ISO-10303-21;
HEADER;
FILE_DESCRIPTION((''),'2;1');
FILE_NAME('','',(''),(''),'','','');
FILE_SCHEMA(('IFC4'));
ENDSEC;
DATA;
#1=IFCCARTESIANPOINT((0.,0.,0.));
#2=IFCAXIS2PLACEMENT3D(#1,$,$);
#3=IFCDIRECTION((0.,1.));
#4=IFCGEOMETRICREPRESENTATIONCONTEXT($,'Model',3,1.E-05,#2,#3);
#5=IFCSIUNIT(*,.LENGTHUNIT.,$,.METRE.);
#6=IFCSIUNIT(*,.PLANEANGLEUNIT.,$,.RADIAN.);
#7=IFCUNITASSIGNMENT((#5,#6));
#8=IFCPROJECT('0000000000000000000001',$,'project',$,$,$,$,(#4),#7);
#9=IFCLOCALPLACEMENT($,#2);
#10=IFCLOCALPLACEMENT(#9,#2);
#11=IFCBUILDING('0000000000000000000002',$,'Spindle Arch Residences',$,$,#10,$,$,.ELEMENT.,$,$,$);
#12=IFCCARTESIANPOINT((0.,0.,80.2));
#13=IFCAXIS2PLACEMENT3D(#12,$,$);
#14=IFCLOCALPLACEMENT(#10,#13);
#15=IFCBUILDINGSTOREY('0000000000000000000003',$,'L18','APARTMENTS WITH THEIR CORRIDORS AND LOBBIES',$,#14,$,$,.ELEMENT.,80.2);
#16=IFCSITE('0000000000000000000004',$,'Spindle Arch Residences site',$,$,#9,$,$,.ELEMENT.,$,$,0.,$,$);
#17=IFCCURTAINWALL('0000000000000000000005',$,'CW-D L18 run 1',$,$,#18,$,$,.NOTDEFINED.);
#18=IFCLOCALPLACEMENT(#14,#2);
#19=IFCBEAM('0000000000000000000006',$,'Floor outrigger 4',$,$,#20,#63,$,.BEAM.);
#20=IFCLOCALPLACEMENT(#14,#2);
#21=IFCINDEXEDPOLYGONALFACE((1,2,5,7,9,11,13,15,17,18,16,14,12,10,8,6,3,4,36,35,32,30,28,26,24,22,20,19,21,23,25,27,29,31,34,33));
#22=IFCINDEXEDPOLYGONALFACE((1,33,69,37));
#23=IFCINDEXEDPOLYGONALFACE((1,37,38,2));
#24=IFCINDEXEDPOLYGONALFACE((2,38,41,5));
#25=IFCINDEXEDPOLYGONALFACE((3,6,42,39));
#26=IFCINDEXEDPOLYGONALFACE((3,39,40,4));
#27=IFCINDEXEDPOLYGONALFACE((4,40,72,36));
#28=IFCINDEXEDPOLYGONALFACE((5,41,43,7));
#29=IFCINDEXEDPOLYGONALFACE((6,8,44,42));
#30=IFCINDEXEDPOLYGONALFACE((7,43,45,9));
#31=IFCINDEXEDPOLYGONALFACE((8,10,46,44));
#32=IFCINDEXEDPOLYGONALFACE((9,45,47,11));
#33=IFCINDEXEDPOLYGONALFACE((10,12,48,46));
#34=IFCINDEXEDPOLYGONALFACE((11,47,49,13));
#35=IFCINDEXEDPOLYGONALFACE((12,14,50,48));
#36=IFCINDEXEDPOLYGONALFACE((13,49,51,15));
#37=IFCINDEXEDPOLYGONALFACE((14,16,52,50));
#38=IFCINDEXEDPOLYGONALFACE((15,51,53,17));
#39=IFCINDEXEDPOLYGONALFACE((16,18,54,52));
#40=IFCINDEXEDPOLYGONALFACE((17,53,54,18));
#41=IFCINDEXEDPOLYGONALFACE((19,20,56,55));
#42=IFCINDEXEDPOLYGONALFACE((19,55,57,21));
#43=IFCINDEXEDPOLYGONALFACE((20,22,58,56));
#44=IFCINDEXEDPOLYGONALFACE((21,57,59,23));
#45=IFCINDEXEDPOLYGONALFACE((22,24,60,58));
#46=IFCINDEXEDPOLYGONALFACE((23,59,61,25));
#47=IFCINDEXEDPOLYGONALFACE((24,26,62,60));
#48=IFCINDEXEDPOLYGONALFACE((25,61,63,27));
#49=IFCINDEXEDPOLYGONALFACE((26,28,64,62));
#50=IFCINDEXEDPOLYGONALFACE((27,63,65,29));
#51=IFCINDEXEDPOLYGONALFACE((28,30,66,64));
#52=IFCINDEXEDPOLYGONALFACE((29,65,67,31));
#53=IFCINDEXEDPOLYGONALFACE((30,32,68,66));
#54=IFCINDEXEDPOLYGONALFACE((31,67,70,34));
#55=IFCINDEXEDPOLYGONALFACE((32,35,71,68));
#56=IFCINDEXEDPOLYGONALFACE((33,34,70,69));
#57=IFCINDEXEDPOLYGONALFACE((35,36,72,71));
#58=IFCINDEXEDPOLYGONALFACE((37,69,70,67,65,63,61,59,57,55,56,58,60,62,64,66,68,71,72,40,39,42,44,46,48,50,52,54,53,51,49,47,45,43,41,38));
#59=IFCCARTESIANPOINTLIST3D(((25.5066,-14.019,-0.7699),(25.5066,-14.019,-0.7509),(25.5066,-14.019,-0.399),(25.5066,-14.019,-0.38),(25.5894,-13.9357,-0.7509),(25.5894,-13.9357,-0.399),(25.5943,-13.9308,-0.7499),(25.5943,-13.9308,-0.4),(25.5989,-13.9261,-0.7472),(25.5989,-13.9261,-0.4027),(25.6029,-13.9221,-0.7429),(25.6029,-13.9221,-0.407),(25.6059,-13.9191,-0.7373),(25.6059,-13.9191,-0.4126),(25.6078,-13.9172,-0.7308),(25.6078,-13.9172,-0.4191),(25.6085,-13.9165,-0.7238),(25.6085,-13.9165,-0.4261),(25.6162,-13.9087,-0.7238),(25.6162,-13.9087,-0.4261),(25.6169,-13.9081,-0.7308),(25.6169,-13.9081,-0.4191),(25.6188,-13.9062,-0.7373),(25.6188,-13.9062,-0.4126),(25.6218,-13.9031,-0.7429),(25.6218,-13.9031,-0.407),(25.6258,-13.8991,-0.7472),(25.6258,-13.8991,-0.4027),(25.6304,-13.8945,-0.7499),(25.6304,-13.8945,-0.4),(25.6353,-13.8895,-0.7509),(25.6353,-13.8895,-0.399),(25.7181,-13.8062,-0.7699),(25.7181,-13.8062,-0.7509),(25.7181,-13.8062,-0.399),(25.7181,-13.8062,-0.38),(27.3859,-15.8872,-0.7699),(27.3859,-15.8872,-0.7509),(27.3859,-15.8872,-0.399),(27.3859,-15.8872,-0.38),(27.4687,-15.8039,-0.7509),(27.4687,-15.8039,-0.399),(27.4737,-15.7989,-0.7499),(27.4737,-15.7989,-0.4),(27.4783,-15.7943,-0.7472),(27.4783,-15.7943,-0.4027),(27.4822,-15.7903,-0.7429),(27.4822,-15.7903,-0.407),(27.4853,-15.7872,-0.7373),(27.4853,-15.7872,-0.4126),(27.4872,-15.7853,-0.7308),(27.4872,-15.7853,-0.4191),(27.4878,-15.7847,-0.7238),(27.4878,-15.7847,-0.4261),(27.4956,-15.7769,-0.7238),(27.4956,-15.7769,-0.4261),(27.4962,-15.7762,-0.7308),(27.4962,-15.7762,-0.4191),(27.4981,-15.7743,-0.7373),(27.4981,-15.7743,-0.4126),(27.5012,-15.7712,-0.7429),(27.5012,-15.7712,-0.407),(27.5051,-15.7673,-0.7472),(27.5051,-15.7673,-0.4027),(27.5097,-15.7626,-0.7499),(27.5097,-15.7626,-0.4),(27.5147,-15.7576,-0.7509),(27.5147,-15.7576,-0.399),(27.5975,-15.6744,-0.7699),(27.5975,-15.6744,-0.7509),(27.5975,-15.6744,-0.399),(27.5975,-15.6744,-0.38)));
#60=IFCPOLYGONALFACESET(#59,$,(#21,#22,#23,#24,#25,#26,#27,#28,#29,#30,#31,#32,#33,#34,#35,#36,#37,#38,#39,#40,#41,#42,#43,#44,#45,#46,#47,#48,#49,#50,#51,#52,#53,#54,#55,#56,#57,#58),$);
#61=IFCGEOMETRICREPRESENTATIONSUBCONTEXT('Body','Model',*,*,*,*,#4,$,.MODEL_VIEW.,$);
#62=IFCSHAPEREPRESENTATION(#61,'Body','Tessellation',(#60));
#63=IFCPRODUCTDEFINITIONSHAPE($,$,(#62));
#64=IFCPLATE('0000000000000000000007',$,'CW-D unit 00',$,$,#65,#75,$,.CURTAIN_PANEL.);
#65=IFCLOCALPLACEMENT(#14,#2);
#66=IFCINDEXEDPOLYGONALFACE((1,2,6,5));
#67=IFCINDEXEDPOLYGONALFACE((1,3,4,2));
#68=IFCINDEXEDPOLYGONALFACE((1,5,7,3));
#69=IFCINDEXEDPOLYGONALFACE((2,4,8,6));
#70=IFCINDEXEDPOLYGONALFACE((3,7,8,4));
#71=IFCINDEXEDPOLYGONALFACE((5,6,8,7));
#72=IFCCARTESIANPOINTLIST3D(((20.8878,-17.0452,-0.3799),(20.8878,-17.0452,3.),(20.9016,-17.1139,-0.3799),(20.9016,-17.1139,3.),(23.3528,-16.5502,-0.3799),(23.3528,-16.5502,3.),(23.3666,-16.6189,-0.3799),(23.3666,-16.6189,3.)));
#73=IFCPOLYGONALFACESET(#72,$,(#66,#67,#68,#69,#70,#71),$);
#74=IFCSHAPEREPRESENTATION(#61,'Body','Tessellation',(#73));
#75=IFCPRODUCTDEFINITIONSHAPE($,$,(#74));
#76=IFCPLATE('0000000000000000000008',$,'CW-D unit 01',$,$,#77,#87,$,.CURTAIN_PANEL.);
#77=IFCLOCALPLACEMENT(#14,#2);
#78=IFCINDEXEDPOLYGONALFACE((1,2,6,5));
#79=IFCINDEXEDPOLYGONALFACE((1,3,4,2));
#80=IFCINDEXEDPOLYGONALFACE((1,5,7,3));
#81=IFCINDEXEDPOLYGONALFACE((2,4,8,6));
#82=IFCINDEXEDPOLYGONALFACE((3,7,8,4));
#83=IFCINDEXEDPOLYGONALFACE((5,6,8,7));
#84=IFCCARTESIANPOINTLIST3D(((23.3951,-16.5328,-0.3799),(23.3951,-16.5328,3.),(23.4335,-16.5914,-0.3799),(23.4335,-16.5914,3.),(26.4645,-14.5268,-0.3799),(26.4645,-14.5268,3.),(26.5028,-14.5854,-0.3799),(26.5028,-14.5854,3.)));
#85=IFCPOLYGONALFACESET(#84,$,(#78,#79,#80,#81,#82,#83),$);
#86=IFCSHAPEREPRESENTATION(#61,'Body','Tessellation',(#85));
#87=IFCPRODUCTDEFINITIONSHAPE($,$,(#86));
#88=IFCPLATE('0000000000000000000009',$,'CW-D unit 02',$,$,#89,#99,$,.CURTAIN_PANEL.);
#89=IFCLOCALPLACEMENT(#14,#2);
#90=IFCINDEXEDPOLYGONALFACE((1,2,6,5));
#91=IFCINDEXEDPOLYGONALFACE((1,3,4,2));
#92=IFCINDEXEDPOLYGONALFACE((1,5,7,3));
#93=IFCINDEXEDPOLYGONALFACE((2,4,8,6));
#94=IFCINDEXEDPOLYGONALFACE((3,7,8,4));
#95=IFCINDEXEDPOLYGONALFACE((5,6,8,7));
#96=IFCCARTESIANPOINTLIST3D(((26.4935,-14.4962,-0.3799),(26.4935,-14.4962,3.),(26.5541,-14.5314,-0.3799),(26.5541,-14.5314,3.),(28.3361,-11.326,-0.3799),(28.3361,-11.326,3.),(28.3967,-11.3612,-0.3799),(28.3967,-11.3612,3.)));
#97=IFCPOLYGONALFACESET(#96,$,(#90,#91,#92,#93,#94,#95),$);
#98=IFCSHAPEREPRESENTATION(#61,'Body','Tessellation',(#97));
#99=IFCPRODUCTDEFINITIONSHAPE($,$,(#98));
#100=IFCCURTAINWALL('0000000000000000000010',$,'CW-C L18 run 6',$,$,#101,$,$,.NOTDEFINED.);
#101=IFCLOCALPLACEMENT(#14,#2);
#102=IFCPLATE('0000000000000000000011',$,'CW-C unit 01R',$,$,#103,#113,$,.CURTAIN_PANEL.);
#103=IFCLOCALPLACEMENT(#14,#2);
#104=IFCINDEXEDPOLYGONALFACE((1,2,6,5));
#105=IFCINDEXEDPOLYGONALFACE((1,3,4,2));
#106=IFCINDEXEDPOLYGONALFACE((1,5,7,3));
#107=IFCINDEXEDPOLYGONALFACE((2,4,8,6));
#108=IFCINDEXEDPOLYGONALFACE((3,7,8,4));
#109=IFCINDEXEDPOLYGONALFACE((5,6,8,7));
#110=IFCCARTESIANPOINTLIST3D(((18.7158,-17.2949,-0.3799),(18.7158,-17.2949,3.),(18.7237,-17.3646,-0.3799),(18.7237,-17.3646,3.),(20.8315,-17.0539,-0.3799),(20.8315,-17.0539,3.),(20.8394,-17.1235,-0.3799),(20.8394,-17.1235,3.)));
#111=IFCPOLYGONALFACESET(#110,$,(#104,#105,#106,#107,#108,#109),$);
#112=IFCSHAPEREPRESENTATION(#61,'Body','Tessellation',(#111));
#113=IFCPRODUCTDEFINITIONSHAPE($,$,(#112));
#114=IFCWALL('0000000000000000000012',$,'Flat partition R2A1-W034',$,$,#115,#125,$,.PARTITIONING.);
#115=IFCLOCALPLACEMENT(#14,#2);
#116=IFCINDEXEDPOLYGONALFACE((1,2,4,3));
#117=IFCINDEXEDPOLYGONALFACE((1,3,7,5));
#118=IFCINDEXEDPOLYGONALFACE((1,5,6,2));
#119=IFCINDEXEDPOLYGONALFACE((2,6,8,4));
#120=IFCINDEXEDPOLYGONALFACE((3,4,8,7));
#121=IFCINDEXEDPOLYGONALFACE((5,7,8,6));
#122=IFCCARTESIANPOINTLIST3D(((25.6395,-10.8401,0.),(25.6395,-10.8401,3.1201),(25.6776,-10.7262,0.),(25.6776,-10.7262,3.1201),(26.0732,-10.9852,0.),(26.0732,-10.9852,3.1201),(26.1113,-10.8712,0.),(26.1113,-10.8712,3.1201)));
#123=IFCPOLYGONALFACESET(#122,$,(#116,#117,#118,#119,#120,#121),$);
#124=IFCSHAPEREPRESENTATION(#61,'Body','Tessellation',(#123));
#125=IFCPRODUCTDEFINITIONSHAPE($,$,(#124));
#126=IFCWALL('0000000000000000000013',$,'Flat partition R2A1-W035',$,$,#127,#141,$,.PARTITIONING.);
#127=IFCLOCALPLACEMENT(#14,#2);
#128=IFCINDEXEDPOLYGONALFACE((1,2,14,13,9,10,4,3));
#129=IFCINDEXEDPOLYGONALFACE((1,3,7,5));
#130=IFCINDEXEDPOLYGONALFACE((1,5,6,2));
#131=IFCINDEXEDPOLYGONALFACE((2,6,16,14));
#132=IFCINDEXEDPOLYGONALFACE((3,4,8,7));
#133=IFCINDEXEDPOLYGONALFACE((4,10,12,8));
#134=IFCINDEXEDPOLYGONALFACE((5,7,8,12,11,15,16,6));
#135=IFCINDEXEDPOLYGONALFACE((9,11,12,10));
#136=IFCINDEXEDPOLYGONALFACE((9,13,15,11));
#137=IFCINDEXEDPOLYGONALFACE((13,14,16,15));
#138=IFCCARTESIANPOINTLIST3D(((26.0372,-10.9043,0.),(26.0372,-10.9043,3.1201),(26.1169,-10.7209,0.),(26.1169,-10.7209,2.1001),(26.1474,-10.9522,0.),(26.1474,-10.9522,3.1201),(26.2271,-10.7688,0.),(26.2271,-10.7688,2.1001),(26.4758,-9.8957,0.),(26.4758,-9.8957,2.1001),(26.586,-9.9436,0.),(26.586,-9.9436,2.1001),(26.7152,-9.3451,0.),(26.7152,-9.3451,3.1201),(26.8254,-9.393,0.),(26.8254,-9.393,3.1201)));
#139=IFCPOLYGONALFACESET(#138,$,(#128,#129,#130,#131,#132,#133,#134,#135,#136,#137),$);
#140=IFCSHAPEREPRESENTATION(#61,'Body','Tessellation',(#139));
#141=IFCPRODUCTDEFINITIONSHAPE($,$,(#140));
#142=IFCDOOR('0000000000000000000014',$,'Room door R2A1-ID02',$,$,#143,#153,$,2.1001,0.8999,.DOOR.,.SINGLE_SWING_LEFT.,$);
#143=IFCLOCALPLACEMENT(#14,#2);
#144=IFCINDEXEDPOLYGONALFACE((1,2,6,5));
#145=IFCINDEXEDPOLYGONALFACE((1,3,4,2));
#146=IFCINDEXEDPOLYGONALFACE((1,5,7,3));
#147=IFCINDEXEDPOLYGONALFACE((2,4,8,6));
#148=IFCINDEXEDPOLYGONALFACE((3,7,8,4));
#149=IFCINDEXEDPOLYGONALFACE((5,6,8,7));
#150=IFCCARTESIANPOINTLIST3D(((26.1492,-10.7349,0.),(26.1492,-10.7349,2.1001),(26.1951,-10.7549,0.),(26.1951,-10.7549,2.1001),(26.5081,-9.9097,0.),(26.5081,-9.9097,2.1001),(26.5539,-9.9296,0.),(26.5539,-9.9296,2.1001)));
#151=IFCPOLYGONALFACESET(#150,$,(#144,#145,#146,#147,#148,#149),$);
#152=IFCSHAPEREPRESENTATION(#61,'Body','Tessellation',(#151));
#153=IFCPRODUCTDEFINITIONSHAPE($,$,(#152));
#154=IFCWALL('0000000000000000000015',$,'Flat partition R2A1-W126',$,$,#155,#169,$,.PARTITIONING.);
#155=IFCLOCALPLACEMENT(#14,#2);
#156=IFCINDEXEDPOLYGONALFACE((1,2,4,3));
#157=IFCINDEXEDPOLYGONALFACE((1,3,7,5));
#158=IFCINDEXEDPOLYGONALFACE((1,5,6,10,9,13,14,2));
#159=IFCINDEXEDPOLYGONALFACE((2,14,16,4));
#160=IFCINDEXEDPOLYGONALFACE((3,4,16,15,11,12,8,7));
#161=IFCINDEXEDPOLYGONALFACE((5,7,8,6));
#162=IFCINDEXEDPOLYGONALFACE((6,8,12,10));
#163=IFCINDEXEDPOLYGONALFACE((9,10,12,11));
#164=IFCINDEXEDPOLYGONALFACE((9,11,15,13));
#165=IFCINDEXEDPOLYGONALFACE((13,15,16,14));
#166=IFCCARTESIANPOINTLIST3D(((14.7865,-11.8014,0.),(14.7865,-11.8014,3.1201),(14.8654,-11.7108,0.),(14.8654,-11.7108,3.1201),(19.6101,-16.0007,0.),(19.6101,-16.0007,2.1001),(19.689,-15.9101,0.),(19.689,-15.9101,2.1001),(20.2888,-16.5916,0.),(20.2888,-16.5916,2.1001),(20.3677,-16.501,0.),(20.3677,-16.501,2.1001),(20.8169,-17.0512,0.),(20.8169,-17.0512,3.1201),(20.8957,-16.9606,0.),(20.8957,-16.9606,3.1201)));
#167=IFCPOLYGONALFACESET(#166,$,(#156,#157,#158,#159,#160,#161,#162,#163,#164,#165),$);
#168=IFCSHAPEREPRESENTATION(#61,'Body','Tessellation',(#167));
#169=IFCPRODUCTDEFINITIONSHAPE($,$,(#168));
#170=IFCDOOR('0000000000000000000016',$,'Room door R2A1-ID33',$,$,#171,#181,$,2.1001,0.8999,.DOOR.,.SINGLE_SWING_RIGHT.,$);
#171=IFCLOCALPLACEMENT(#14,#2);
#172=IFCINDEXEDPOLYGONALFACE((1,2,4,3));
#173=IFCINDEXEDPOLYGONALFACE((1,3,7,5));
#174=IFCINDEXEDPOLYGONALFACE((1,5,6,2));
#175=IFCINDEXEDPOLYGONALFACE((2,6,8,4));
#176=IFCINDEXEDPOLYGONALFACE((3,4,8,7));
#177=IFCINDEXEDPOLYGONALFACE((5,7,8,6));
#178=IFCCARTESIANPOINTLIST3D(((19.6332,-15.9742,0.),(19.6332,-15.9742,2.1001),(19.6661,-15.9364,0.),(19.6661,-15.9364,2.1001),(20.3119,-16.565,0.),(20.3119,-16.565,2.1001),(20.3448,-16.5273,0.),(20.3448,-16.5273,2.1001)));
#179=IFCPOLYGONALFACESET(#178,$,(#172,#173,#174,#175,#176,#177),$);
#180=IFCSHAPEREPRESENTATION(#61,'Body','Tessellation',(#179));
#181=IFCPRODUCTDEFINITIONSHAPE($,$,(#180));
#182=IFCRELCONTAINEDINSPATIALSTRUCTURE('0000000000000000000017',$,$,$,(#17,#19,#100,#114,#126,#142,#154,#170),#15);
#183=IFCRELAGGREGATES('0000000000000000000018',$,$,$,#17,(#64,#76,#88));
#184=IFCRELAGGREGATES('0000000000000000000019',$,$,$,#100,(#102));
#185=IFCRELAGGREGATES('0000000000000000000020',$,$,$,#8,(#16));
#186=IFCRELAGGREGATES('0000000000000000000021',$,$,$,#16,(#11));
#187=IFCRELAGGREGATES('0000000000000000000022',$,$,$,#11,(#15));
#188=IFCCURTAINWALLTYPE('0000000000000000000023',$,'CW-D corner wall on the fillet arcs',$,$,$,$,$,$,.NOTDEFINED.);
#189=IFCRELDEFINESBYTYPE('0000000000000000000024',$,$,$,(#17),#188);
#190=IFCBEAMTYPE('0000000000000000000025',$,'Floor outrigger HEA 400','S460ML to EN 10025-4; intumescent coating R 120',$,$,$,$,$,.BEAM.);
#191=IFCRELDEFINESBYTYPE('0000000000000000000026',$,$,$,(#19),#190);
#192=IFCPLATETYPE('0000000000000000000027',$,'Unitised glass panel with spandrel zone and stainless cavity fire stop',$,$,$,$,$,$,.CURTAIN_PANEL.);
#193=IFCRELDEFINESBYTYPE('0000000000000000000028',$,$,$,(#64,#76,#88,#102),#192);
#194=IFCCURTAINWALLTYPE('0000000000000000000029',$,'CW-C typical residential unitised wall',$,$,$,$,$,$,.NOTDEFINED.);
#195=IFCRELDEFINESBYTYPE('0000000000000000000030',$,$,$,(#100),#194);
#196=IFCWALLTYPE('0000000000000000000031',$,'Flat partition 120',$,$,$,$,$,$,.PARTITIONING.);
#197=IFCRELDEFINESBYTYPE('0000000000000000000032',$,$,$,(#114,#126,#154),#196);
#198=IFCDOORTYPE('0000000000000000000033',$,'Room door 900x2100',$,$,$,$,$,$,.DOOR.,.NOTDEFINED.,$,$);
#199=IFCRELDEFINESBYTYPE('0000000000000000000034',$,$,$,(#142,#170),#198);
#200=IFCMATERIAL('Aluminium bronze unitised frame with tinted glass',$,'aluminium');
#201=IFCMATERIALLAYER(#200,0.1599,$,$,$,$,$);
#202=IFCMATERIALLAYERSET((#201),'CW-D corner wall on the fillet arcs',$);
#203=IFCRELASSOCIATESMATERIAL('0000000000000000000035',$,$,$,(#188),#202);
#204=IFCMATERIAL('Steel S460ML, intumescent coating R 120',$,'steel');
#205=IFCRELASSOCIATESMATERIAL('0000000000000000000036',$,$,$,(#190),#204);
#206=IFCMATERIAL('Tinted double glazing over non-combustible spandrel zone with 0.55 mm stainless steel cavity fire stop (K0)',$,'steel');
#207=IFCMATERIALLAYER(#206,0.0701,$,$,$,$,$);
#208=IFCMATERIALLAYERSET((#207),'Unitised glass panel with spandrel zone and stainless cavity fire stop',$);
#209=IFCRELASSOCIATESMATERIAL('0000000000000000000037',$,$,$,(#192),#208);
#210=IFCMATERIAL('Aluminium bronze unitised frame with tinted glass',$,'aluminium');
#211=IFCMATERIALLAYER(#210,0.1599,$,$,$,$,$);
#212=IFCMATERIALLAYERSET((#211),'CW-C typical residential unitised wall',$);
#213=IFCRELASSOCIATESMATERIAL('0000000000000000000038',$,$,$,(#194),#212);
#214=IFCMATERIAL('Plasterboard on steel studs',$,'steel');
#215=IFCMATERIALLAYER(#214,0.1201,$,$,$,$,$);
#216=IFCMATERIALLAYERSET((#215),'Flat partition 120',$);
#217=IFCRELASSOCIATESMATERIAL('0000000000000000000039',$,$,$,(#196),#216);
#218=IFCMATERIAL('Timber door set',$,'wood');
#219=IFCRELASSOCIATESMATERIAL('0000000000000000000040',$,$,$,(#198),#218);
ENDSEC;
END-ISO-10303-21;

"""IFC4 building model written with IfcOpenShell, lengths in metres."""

from ifc_helpers import new_model, si_unit, direction, frame, frame_2d, origin, origin_2d, place, context, subcontext, project, spatial, rectangle, i_section, extrude, material, layer, layer_set, material_profile, profile_set, type_object, element, fill, aggregate, save


model = new_model("IFC4")

# Units and contexts
model_context = context("Model", 3, precision=1e-05, world=origin(), true_north=direction((0.0, 1.0)))
body_context = subcontext(model_context, "Body", "Model", "MODEL_VIEW")
ifc_project = project(units=[si_unit("LENGTHUNIT", "METRE"), si_unit("PLANEANGLEUNIT", "RADIAN")], contexts=[model_context])

# Site, building, storey
site_placement = place(None, origin())
site = spatial("IfcSite", under=ifc_project, at=site_placement, Name="Spindle Arch Residences site", CompositionType="ELEMENT", RefElevation=0.0)
building_placement = place(site_placement, origin())
building = spatial("IfcBuilding", under=site, at=building_placement, Name="Spindle Arch Residences", CompositionType="ELEMENT")
storey_placement = place(building_placement, frame((0.0, 0.0, 80.2)))
storey = spatial("IfcBuildingStorey", under=building, at=storey_placement, Name="L18", Description="APARTMENTS WITH THEIR CORRIDORS AND LOBBIES", CompositionType="ELEMENT", Elevation=80.2)

# Curtain wall
ifc_material_1 = material(Name="Aluminium bronze unitised frame with tinted glass", Category="aluminium")
ifc_layer_1 = layer(ifc_material_1, 0.1599)
ifc_layer_set_1 = layer_set([ifc_layer_1], Name="CW-D corner wall on the fillet arcs")
curtain_wall_type_1 = type_object("IfcCurtainWallType", Name="CW-D corner wall on the fillet arcs", PredefinedType="NOTDEFINED", material=ifc_layer_set_1)
curtain_wall_1_placement = place(storey_placement, origin())
curtain_wall_1 = element("IfcCurtainWall", 1, at=curtain_wall_1_placement, inside=storey, type_object=curtain_wall_type_1, Name="CW-D L18 run 1", PredefinedType="NOTDEFINED")

# Beam
ifc_material_2 = material(Name="Steel S460ML, intumescent coating R 120", Category="steel")
ifc_material_profile_1 = material_profile(ifc_material_2, i_section(OverallWidth=0.3, OverallDepth=0.3899, WebThickness=0.011, FlangeThickness=0.019, FilletRadius=0.0271, at=origin_2d()), Name="HEA 400")
ifc_profile_set_1 = profile_set([ifc_material_profile_1], Name="Steel S460ML, intumescent coating R 120")
beam_type_1 = type_object("IfcBeamType", Name="Floor outrigger HEA 400", Description="S460ML to EN 10025-4; intumescent coating R 120", PredefinedType="BEAM", material=ifc_profile_set_1)
beam_1_placement = place(storey_placement, frame((27.4917, -15.7808, -0.575), z_axis=(-0.709223, 0.704985, 0.0), x_axis=(-0.704985, -0.709223, 0.0)))
element("IfcBeam", 2, at=beam_1_placement, inside=storey, type_object=beam_type_1, Name="Floor outrigger 4", PredefinedType="BEAM", context=body_context, shape_type="SweptSolid", body=[
    extrude(i_section(OverallWidth=0.3, OverallDepth=0.3899, WebThickness=0.011, FlangeThickness=0.019, FilletRadius=0.0271, at=origin_2d()), origin(), (0.0, 0.0, 1.0), 2.6499),
])

# Plates
ifc_material_3 = material(Name="Tinted double glazing over non-combustible spandrel zone with 0.55 mm stainless steel cavity fire stop (K0)", Category="steel")
ifc_layer_2 = layer(ifc_material_3, 0.0701)
ifc_layer_set_2 = layer_set([ifc_layer_2], Name="Unitised glass panel with spandrel zone and stainless cavity fire stop")
plate_type = type_object("IfcPlateType", Name="Unitised glass panel with spandrel zone and stainless cavity fire stop", PredefinedType="CURTAIN_PANEL", material=ifc_layer_set_2)
plate_1_placement = place(storey_placement, frame((22.1272, -16.832, -0.3799), z_axis=(0.0, 0.0, 1.0), x_axis=(0.980431, 0.196863, 0.0)))
plate_1 = element("IfcPlate", 3, at=plate_1_placement, type_object=plate_type, Name="CW-D unit 00", PredefinedType="CURTAIN_PANEL", context=body_context, shape_type="SweptSolid", body=[
    extrude(rectangle(XDim=2.5142, YDim=0.0701, at=origin_2d()), origin(), (0.0, 0.0, 1.0), 3.3799),
])
plate_2_placement = place(storey_placement, frame((24.949, -15.5591, -0.3799), z_axis=(0.0, 0.0, 1.0), x_axis=(0.837083, 0.547076, 0.0)))
plate_2 = element("IfcPlate", 4, at=plate_2_placement, type_object=plate_type, Name="CW-D unit 01", PredefinedType="CURTAIN_PANEL", context=body_context, shape_type="SweptSolid", body=[
    extrude(rectangle(XDim=3.6667, YDim=0.0701, at=origin_2d()), origin(), (0.0, 0.0, 1.0), 3.3799),
])
plate_3_placement = place(storey_placement, frame((27.4451, -12.9287, -0.3799), z_axis=(0.0, 0.0, 1.0), x_axis=(0.502517, 0.864567, 0.0)))
plate_3 = element("IfcPlate", 5, at=plate_3_placement, type_object=plate_type, Name="CW-D unit 02", PredefinedType="CURTAIN_PANEL", context=body_context, shape_type="SweptSolid", body=[
    extrude(rectangle(XDim=3.6667, YDim=0.0701, at=origin_2d()), origin(), (0.0, 0.0, 1.0), 3.3799),
])
aggregate(curtain_wall_1, [plate_1, plate_2, plate_3])

# Curtain wall, plate
ifc_material_4 = material(Name="Aluminium bronze unitised frame with tinted glass", Category="aluminium")
ifc_layer_3 = layer(ifc_material_4, 0.1599)
ifc_layer_set_3 = layer_set([ifc_layer_3], Name="CW-C typical residential unitised wall")
curtain_wall_type_2 = type_object("IfcCurtainWallType", Name="CW-C typical residential unitised wall", PredefinedType="NOTDEFINED", material=ifc_layer_set_3)
curtain_wall_2_placement = place(storey_placement, origin())
curtain_wall_2 = element("IfcCurtainWall", 6, at=curtain_wall_2_placement, inside=storey, type_object=curtain_wall_type_2, Name="CW-C L18 run 6", PredefinedType="NOTDEFINED")
plate_4_placement = place(storey_placement, frame((19.7776, -17.2092, -0.3799), z_axis=(0.0, 0.0, 1.0), x_axis=(0.993572, 0.113203, 0.0)))
plate_4 = element("IfcPlate", 7, at=plate_4_placement, type_object=plate_type, Name="CW-C unit 01R", PredefinedType="CURTAIN_PANEL", context=body_context, shape_type="SweptSolid", body=[
    extrude(rectangle(XDim=2.1294, YDim=0.0701, at=origin_2d()), origin(), (0.0, 0.0, 1.0), 3.3799),
])
aggregate(curtain_wall_2, [plate_4])

# Wall
ifc_material_5 = material(Name="Plasterboard on steel studs", Category="steel")
ifc_layer_4 = layer(ifc_material_5, 0.1201)
ifc_layer_set_4 = layer_set([ifc_layer_4], Name="Flat partition 120")
wall_type_1 = type_object("IfcWallType", Name="Flat partition 120", PredefinedType="PARTITIONING", material=ifc_layer_set_4)
wall_1_placement = place(storey_placement, frame((25.6587, -10.7832, 0.0), z_axis=(0.0, 0.0, 1.0), x_axis=(0.948362, -0.317189, 0.0)))
element("IfcWall", 8, at=wall_1_placement, inside=storey, type_object=wall_type_1, Name="Flat partition R2A1-W034", PredefinedType="PARTITIONING", context=body_context, shape_type="SweptSolid", body=[
    extrude(rectangle(XDim=0.4573, YDim=0.1201, at=frame_2d((0.2285, 0.0))), origin(), (0.0, 0.0, 1.0), 3.1201),
])

# Walls, openings, doors
wall_2_placement = place(storey_placement, frame((26.0923, -10.9282, 0.0), z_axis=(0.0, 0.0, 1.0), x_axis=(0.398784, 0.917045, 0.0)))
wall_2 = element("IfcWall", 9, at=wall_2_placement, inside=storey, type_object=wall_type_1, Name="Flat partition R2A1-W035", PredefinedType="PARTITIONING", context=body_context, shape_type="SweptSolid", body=[
    extrude(rectangle(XDim=1.7002, YDim=0.1201, at=frame_2d((0.8501, 0.0))), origin(), (0.0, 0.0, 1.0), 3.1201),
])
opening_1_placement = place(wall_2_placement, frame((0.2, 0.0, 0.0)))
opening_1 = element("IfcOpeningElement", 10, at=opening_1_placement, cuts=wall_2, PredefinedType="OPENING", context=body_context, shape_type="SweptSolid", body=[
    extrude(rectangle(XDim=0.8999, YDim=2.1001, at=frame_2d((0.45, 1.05))), frame((0.0, 0.0701, 0.0), z_axis=(0.0, -1.0, 0.0), x_axis=(1.0, 0.0, 0.0)), (0.0, 0.0, 1.0), 0.1401),
])
ifc_material_6 = material(Name="Timber door set", Category="wood")
door_type = type_object("IfcDoorType", Name="Room door 900x2100", OperationType="NOTDEFINED", PredefinedType="DOOR", material=ifc_material_6)
door_1_placement = place(opening_1_placement, origin())
door_1 = element("IfcDoor", 11, at=door_1_placement, inside=storey, type_object=door_type, Name="Room door R2A1-ID02", OperationType="SINGLE_SWING_LEFT", OverallHeight=2.1001, OverallWidth=0.8999, PredefinedType="DOOR", context=body_context, shape_type="SweptSolid", body=[
    extrude(rectangle(XDim=0.8999, YDim=2.1001, at=frame_2d((0.45, 1.05))), frame((0.0, 0.0249, 0.0), z_axis=(0.0, -1.0, 0.0), x_axis=(1.0, 0.0, 0.0)), (0.0, 0.0, 1.0), 0.05),
])
fill(opening_1, door_1)
wall_3_placement = place(storey_placement, frame((20.8562, -17.0059, 0.0), z_axis=(0.0, 0.0, 1.0), x_axis=(-0.754231, 0.656609, 0.0)))
wall_3 = element("IfcWall", 12, at=wall_3_placement, inside=storey, type_object=wall_type_1, Name="Flat partition R2A1-W126", PredefinedType="PARTITIONING", context=body_context, shape_type="SweptSolid", body=[
    extrude(rectangle(XDim=7.9954, YDim=0.1201, at=frame_2d((3.9976, 0.0))), origin(), (0.0, 0.0, 1.0), 3.1201),
])
opening_2_placement = place(wall_3_placement, frame((0.7, 0.0, 0.0)))
opening_2 = element("IfcOpeningElement", 13, at=opening_2_placement, cuts=wall_3, PredefinedType="OPENING", context=body_context, shape_type="SweptSolid", body=[
    extrude(rectangle(XDim=0.8999, YDim=2.1001, at=frame_2d((0.45, 1.05))), frame((0.0, 0.0701, 0.0), z_axis=(0.0, -1.0, 0.0), x_axis=(1.0, 0.0, 0.0)), (0.0, 0.0, 1.0), 0.1401),
])
door_2_placement = place(opening_2_placement, origin())
door_2 = element("IfcDoor", 14, at=door_2_placement, inside=storey, type_object=door_type, Name="Room door R2A1-ID33", OperationType="SINGLE_SWING_RIGHT", OverallHeight=2.1001, OverallWidth=0.8999, PredefinedType="DOOR", context=body_context, shape_type="SweptSolid", body=[
    extrude(rectangle(XDim=0.8999, YDim=2.1001, at=frame_2d((0.45, 1.05))), frame((0.0, 0.0249, 0.0), z_axis=(0.0, -1.0, 0.0), x_axis=(1.0, 0.0, 0.0)), (0.0, 0.0, 1.0), 0.05),
])
fill(opening_2, door_2)

save(model, "model.ifc")
